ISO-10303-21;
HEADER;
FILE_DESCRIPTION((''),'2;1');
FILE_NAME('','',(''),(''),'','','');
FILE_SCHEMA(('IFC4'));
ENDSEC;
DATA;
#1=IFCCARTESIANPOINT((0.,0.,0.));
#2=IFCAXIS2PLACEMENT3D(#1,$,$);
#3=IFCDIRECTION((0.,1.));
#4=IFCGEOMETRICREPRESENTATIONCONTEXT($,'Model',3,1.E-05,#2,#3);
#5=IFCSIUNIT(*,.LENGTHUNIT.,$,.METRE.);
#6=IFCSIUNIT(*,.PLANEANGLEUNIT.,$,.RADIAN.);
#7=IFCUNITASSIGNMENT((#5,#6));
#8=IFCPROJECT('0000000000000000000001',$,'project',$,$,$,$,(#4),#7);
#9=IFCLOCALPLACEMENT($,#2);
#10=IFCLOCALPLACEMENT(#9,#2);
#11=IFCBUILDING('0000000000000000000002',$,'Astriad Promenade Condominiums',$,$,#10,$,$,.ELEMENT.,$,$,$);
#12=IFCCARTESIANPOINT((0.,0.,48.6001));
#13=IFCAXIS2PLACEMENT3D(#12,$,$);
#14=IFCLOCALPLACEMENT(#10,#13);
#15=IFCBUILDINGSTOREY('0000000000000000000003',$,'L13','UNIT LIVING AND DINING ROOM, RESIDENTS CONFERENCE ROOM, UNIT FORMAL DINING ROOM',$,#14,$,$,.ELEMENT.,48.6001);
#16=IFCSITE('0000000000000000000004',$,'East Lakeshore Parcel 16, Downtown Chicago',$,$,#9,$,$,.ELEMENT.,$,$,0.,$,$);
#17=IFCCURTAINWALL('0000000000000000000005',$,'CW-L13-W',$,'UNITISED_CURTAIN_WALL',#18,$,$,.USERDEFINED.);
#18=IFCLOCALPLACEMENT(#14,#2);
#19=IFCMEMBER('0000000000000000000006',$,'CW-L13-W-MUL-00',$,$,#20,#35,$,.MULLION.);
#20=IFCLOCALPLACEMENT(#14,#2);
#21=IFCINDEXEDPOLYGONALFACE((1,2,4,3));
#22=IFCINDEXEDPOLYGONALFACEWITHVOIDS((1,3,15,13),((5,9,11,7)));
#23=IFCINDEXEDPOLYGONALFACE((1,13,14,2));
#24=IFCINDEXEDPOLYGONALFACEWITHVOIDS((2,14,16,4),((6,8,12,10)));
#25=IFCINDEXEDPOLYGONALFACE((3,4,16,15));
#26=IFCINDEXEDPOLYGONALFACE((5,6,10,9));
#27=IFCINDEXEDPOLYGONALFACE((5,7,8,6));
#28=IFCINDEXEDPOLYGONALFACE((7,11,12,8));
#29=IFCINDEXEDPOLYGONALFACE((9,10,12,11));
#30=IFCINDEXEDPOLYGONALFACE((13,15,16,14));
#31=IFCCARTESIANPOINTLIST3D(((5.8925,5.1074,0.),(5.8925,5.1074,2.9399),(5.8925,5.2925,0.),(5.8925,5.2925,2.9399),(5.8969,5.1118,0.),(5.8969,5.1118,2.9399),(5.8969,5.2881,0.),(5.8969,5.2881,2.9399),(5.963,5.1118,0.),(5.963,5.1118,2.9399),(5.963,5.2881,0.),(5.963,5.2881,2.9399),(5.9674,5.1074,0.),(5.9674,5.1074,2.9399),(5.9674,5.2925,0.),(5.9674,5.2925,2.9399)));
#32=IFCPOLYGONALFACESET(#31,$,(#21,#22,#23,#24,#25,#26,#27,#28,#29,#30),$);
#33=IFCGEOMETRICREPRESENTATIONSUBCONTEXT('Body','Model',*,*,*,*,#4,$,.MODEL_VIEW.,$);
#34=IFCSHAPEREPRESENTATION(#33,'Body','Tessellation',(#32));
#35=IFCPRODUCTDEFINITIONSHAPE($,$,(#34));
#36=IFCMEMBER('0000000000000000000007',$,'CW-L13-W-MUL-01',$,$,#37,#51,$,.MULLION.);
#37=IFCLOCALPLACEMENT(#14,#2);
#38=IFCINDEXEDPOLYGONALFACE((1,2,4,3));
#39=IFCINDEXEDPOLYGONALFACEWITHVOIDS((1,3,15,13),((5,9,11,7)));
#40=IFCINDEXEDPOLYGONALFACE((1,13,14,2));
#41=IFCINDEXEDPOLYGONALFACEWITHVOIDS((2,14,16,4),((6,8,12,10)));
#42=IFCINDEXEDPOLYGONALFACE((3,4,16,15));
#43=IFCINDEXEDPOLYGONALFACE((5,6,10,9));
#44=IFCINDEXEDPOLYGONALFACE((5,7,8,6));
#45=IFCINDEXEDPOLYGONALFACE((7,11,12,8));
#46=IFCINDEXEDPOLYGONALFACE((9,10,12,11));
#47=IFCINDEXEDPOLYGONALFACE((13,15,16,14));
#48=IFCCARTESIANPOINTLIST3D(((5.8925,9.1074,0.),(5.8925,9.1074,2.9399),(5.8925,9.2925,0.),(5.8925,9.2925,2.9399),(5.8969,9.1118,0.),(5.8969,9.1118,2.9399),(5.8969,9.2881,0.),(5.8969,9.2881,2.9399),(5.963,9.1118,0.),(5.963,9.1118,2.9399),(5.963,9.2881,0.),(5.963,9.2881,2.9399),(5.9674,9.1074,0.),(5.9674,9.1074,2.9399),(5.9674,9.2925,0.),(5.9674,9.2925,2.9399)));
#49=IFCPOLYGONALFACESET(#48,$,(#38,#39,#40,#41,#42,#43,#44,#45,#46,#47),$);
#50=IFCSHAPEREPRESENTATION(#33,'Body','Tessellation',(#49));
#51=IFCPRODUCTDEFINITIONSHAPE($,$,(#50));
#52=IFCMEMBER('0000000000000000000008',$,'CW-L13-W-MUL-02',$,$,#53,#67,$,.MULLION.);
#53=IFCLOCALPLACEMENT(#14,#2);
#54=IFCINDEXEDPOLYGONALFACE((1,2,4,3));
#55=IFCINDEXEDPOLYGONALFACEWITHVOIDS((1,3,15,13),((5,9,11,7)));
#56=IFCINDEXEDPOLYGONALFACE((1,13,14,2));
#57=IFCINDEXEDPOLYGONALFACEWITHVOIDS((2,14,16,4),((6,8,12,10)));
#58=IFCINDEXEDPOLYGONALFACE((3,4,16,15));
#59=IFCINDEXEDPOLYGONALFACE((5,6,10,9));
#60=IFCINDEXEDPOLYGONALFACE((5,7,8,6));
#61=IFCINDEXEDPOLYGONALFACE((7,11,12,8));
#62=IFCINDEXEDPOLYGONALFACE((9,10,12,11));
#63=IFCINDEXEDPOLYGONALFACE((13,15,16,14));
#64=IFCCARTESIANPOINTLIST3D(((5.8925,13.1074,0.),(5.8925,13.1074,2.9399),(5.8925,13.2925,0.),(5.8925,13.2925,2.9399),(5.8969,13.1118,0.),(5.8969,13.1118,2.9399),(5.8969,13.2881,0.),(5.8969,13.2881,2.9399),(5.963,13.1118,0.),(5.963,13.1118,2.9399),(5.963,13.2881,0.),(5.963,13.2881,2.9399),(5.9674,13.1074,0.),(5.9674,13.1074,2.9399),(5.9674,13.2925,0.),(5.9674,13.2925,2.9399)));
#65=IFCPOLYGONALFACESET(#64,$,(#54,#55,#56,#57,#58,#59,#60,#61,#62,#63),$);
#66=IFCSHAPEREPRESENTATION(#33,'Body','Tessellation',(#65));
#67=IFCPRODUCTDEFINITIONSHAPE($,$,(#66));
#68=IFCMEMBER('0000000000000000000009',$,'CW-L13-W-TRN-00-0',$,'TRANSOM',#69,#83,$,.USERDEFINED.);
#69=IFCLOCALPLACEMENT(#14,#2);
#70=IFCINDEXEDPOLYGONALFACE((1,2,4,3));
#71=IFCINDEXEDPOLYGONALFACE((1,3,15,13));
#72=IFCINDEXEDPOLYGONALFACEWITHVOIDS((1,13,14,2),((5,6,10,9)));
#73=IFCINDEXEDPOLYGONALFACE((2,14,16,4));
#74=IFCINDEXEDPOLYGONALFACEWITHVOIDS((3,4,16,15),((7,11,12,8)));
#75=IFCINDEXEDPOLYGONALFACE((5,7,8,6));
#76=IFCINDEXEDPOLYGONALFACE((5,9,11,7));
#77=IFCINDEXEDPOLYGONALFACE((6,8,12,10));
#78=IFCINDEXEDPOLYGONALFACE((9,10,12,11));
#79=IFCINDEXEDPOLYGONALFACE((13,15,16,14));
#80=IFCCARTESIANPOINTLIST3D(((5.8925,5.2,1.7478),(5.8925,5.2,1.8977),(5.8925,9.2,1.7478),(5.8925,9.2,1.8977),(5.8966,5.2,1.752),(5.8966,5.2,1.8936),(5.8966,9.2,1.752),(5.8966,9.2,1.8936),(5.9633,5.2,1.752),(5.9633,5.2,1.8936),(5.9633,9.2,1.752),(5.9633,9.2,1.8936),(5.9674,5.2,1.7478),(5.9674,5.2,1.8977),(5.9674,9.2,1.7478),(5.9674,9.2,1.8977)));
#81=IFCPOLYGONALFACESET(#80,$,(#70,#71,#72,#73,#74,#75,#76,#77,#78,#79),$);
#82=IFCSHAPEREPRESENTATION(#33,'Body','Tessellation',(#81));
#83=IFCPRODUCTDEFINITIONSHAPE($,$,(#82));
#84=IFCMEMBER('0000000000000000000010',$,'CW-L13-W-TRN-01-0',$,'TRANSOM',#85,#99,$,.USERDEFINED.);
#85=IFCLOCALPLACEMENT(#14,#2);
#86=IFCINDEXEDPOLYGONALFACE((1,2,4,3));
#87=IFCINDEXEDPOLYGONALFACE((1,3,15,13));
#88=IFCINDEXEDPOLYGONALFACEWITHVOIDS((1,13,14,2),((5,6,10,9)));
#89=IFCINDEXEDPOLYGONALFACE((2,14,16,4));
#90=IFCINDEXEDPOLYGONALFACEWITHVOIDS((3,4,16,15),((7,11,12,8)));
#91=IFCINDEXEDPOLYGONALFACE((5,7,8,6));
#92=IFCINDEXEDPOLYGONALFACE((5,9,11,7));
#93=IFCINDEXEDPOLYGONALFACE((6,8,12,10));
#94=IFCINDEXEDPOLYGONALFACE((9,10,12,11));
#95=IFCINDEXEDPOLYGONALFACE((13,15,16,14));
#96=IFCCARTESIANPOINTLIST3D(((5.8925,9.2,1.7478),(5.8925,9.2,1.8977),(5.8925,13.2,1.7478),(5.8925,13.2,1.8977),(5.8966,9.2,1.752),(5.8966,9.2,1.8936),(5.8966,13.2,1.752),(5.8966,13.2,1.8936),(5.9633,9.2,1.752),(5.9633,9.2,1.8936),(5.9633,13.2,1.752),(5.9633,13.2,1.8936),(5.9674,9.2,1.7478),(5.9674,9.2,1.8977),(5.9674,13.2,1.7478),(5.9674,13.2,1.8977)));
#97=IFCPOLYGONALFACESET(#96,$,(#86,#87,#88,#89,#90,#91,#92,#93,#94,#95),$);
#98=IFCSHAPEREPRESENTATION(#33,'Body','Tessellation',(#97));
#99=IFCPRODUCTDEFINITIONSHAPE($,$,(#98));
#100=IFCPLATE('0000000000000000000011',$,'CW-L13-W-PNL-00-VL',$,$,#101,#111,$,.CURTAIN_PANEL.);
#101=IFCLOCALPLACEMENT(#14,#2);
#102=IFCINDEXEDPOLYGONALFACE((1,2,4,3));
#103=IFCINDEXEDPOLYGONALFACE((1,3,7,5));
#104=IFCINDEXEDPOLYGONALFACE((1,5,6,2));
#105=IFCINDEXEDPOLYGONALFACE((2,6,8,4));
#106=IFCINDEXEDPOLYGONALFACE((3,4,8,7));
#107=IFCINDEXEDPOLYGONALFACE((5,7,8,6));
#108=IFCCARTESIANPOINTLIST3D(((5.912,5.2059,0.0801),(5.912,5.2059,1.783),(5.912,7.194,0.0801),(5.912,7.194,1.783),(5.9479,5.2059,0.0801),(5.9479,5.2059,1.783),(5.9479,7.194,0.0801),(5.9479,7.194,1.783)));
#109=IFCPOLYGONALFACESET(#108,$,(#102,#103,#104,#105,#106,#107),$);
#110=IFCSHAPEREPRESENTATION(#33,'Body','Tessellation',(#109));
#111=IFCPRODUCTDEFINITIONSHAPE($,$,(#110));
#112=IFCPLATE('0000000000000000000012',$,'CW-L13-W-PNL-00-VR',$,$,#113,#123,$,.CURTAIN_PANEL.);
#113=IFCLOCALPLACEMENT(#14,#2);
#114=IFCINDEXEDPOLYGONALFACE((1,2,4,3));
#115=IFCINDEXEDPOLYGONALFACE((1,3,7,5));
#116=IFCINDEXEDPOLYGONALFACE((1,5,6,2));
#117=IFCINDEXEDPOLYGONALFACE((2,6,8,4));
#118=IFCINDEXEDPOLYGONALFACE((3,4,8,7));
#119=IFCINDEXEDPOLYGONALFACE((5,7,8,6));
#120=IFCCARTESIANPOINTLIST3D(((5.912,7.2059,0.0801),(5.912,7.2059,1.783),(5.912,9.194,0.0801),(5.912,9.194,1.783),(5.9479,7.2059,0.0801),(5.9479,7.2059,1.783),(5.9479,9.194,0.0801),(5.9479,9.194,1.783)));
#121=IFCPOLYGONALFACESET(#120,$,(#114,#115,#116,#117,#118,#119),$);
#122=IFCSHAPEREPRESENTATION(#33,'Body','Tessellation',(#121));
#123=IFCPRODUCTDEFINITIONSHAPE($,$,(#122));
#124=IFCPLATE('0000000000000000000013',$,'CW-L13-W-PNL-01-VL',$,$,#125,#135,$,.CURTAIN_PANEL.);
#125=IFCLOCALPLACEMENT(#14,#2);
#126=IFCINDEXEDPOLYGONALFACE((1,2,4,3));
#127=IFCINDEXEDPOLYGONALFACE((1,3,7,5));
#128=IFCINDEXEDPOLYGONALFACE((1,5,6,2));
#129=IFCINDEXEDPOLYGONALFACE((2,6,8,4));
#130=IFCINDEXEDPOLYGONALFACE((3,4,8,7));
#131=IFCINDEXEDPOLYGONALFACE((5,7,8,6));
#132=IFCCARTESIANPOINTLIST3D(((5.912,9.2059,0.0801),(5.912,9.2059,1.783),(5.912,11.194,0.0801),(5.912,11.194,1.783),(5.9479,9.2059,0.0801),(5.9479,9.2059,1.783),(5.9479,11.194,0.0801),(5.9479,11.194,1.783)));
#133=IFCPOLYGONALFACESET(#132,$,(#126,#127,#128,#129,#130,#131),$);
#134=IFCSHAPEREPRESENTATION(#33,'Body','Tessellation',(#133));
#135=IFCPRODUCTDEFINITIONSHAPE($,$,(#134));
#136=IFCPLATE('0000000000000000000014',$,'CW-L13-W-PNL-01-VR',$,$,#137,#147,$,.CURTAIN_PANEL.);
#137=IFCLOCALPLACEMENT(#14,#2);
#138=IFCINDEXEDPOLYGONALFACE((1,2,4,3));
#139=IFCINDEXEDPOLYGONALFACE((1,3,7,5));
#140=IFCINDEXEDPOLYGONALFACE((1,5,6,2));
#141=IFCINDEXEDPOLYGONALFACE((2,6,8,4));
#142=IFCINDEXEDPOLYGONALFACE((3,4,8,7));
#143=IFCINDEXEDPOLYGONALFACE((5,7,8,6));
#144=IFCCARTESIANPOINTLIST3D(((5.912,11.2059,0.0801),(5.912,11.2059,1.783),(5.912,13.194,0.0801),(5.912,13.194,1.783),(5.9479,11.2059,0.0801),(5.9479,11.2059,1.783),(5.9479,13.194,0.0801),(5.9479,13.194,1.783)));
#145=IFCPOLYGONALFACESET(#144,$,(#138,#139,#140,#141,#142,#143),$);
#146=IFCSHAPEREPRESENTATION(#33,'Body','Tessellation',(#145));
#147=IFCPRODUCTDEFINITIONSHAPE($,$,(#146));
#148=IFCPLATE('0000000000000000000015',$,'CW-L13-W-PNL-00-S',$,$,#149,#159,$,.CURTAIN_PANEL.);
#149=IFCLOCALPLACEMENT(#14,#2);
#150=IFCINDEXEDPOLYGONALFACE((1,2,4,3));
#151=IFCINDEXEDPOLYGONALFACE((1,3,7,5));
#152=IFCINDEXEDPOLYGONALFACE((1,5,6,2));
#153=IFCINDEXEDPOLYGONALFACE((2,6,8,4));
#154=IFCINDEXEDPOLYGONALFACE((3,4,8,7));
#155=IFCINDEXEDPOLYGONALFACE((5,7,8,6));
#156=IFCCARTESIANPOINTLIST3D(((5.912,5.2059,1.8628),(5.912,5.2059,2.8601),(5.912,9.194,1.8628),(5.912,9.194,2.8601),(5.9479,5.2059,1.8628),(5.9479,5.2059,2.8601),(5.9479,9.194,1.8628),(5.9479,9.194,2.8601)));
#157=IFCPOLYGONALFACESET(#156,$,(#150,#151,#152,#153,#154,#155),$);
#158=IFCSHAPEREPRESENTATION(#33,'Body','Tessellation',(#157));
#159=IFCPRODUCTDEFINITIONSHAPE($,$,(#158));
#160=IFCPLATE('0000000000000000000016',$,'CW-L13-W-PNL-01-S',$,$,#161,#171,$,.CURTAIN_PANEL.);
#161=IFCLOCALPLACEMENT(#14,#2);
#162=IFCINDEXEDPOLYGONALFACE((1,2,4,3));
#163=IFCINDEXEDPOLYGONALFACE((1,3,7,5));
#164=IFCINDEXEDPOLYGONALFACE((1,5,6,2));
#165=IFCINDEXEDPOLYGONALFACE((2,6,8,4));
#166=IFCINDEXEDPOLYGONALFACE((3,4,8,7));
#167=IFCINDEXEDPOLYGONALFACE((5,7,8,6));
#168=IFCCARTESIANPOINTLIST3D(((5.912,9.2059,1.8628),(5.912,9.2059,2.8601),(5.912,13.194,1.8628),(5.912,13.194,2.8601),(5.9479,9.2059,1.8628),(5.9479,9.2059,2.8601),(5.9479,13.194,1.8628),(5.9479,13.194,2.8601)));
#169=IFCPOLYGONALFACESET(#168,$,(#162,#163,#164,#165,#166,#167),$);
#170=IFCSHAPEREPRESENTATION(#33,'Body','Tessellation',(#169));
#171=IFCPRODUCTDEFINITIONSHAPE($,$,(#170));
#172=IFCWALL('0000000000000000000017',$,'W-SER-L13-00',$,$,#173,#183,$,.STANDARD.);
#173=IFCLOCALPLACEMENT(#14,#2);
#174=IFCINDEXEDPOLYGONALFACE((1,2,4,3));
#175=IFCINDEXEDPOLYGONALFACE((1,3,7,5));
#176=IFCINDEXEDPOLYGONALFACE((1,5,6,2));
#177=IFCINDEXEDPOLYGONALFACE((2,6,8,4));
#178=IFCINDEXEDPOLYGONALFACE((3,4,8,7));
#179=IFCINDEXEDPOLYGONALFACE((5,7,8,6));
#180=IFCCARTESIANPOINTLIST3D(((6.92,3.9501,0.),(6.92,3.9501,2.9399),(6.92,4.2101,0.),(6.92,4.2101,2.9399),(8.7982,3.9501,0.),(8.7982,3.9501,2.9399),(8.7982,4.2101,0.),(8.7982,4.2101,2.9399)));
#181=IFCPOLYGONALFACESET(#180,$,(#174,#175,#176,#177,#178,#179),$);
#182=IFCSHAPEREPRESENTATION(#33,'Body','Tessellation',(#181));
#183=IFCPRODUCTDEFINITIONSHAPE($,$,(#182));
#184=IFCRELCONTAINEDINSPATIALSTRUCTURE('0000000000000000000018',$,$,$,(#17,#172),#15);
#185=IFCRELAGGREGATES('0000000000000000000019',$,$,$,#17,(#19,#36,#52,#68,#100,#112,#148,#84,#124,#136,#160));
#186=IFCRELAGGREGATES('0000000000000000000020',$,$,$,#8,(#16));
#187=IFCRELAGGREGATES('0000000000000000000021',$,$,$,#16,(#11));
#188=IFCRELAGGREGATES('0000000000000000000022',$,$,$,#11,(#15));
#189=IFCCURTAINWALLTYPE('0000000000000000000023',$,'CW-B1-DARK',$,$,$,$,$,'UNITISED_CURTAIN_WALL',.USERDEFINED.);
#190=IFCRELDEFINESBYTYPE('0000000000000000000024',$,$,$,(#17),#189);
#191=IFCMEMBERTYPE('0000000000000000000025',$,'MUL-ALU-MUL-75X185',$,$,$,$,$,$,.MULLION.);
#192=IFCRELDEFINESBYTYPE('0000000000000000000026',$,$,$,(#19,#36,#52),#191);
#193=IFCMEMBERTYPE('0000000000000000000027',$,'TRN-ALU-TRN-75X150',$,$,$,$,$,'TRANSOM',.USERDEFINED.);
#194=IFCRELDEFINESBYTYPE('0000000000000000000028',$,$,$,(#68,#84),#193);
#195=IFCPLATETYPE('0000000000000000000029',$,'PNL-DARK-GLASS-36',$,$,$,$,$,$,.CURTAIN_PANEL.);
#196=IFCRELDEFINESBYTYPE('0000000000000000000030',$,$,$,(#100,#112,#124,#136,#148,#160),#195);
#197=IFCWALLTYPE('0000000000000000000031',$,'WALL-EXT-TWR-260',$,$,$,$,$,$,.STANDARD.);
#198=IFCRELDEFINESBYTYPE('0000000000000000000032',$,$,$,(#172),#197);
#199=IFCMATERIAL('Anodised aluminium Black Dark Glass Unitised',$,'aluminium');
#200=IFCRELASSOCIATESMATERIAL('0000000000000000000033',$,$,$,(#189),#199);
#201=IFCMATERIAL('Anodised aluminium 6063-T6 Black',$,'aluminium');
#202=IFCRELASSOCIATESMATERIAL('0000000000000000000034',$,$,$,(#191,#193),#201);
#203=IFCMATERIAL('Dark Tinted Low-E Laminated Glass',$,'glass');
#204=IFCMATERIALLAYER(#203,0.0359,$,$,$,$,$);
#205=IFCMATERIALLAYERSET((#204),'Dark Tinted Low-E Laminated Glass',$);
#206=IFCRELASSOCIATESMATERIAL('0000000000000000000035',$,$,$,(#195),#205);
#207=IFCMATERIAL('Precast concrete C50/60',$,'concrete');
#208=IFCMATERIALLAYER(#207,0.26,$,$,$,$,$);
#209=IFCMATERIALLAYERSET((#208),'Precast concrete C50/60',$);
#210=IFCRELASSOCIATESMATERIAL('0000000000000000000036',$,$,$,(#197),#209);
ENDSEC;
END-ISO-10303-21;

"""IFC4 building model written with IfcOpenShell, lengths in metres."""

from ifc_helpers import new_model, si_unit, direction, frame, frame_2d, origin, origin_2d, place, context, subcontext, project, spatial, rectangle, hollow_rectangle, extrude, source, transform, mapped, material, layer, layer_set, material_profile, profile_set, type_object, type_shapes, element, aggregate, save


model = new_model("IFC4")

# Units and contexts
model_context = context("Model", 3, precision=1e-05, world=origin(), true_north=direction((0.0, 1.0)))
body_context = subcontext(model_context, "Body", "Model", "MODEL_VIEW")
ifc_project = project(units=[si_unit("LENGTHUNIT", "METRE"), si_unit("PLANEANGLEUNIT", "RADIAN")], contexts=[model_context])

# Site, building, storey
site_placement = place(None, origin())
site = spatial("IfcSite", under=ifc_project, at=site_placement, Name="East Lakeshore Parcel 16, Downtown Chicago", CompositionType="ELEMENT", RefElevation=0.0)
building_placement = place(site_placement, origin())
building = spatial("IfcBuilding", under=site, at=building_placement, Name="Astriad Promenade Condominiums", CompositionType="ELEMENT")
storey_placement = place(building_placement, frame((0.0, 0.0, 48.6001)))
storey = spatial("IfcBuildingStorey", under=building, at=storey_placement, Name="L13", Description="UNIT LIVING AND DINING ROOM, RESIDENTS CONFERENCE ROOM, UNIT FORMAL DINING ROOM", CompositionType="ELEMENT", Elevation=48.6001)

# Curtain wall, members, plates
ifc_material_1 = material(Name="Anodised aluminium Black Dark Glass Unitised", Category="aluminium")
curtain_wall_type = type_object("IfcCurtainWallType", Name="CW-B1-DARK", ElementType="UNITISED_CURTAIN_WALL", PredefinedType="USERDEFINED", material=ifc_material_1)
curtain_wall_placement = place(storey_placement, origin())
curtain_wall = element("IfcCurtainWall", 1, at=curtain_wall_placement, inside=storey, type_object=curtain_wall_type, Name="CW-L13-W", ObjectType="UNITISED_CURTAIN_WALL", PredefinedType="USERDEFINED")
ifc_material_2 = material(Name="Anodised aluminium 6063-T6 Black", Category="aluminium")
ifc_material_profile_1 = material_profile(ifc_material_2, hollow_rectangle(XDim=0.075, YDim=0.1851, WallThickness=0.0044, at=origin_2d()), Name="ALU-MUL-75X185")
ifc_profile_set_1 = profile_set([ifc_material_profile_1], Name="Anodised aluminium 6063-T6 Black")
member_type_1 = type_object("IfcMemberType", Name="MUL-ALU-MUL-75X185", PredefinedType="MULLION", material=ifc_profile_set_1)
shared_shape_1 = source(origin(), body_context, "Body", "SweptSolid", [
    extrude(hollow_rectangle(XDim=0.075, YDim=0.1851, WallThickness=0.0044, at=origin_2d()), origin(), (0.0, 0.0, 1.0), 2.9399),
])
type_shapes(member_type_1, [shared_shape_1])
member_1_placement = place(storey_placement, frame((5.9299, 5.2, 0.0), z_axis=(0.0, 0.0, 1.0), x_axis=(1.0, 0.0, 0.0)))
member_1 = element("IfcMember", 2, at=member_1_placement, type_object=member_type_1, Name="CW-L13-W-MUL-00", PredefinedType="MULLION", context=body_context, shape_type="MappedRepresentation", body=[
    mapped(shared_shape_1, transform((0.0, 0.0, 0.0), scale=1.0)),
])
member_2_placement = place(storey_placement, frame((5.9299, 9.2, 0.0), z_axis=(0.0, 0.0, 1.0), x_axis=(1.0, 0.0, 0.0)))
member_2 = element("IfcMember", 3, at=member_2_placement, type_object=member_type_1, Name="CW-L13-W-MUL-01", PredefinedType="MULLION", context=body_context, shape_type="MappedRepresentation", body=[
    mapped(shared_shape_1, transform((0.0, 0.0, 0.0), scale=1.0)),
])
member_3_placement = place(storey_placement, frame((5.9299, 13.2, 0.0), z_axis=(0.0, 0.0, 1.0), x_axis=(1.0, 0.0, 0.0)))
member_3 = element("IfcMember", 4, at=member_3_placement, type_object=member_type_1, Name="CW-L13-W-MUL-02", PredefinedType="MULLION", context=body_context, shape_type="MappedRepresentation", body=[
    mapped(shared_shape_1, transform((0.0, 0.0, 0.0), scale=1.0)),
])
ifc_material_profile_2 = material_profile(ifc_material_2, hollow_rectangle(XDim=0.075, YDim=0.1499, WallThickness=0.0042, at=origin_2d()), Name="ALU-TRN-75X150")
ifc_profile_set_2 = profile_set([ifc_material_profile_2], Name="Anodised aluminium 6063-T6 Black")
member_type_2 = type_object("IfcMemberType", Name="TRN-ALU-TRN-75X150", ElementType="TRANSOM", PredefinedType="USERDEFINED", material=ifc_profile_set_2)
shared_shape_2 = source(origin(), body_context, "Body", "SweptSolid", [
    extrude(hollow_rectangle(XDim=0.075, YDim=0.1499, WallThickness=0.0042, at=origin_2d()), origin(), (0.0, 0.0, 1.0), 4.0),
])
type_shapes(member_type_2, [shared_shape_2])
member_4_placement = place(storey_placement, frame((5.9299, 5.2, 1.8228), z_axis=(0.0, 1.0, 0.0), x_axis=(-1.0, 0.0, 0.0)))
member_4 = element("IfcMember", 5, at=member_4_placement, type_object=member_type_2, Name="CW-L13-W-TRN-00-0", ObjectType="TRANSOM", PredefinedType="USERDEFINED", context=body_context, shape_type="MappedRepresentation", body=[
    mapped(shared_shape_2, transform((0.0, 0.0, 0.0), scale=1.0)),
])
member_5_placement = place(storey_placement, frame((5.9299, 9.2, 1.8228), z_axis=(0.0, 1.0, 0.0), x_axis=(-1.0, 0.0, 0.0)))
member_5 = element("IfcMember", 6, at=member_5_placement, type_object=member_type_2, Name="CW-L13-W-TRN-01-0", ObjectType="TRANSOM", PredefinedType="USERDEFINED", context=body_context, shape_type="MappedRepresentation", body=[
    mapped(shared_shape_2, transform((0.0, 0.0, 0.0), scale=1.0)),
])
ifc_material_3 = material(Name="Dark Tinted Low-E Laminated Glass", Category="glass")
ifc_layer_1 = layer(ifc_material_3, 0.0359)
ifc_layer_set_1 = layer_set([ifc_layer_1], Name="Dark Tinted Low-E Laminated Glass")
plate_type = type_object("IfcPlateType", Name="PNL-DARK-GLASS-36", PredefinedType="CURTAIN_PANEL", material=ifc_layer_set_1)
shared_shape_3 = source(origin(), body_context, "Body", "SweptSolid", [
    extrude(rectangle(XDim=1.988, YDim=0.0359, at=origin_2d()), origin(), (0.0, 0.0, 1.0), 1.7029),
])
plate_1_placement = place(storey_placement, frame((5.9299, 6.2, 0.0801), z_axis=(0.0, 0.0, 1.0), x_axis=(0.0, 1.0, 0.0)))
plate_1 = element("IfcPlate", 7, at=plate_1_placement, type_object=plate_type, Name="CW-L13-W-PNL-00-VL", PredefinedType="CURTAIN_PANEL", context=body_context, shape_type="MappedRepresentation", body=[
    mapped(shared_shape_3, transform((0.0, 0.0, 0.0), scale=1.0)),
])
plate_2_placement = place(storey_placement, frame((5.9299, 8.2, 0.0801), z_axis=(0.0, 0.0, 1.0), x_axis=(0.0, 1.0, 0.0)))
plate_2 = element("IfcPlate", 8, at=plate_2_placement, type_object=plate_type, Name="CW-L13-W-PNL-00-VR", PredefinedType="CURTAIN_PANEL", context=body_context, shape_type="MappedRepresentation", body=[
    mapped(shared_shape_3, transform((0.0, 0.0, 0.0), scale=1.0)),
])
plate_3_placement = place(storey_placement, frame((5.9299, 10.2, 0.0801), z_axis=(0.0, 0.0, 1.0), x_axis=(0.0, 1.0, 0.0)))
plate_3 = element("IfcPlate", 9, at=plate_3_placement, type_object=plate_type, Name="CW-L13-W-PNL-01-VL", PredefinedType="CURTAIN_PANEL", context=body_context, shape_type="MappedRepresentation", body=[
    mapped(shared_shape_3, transform((0.0, 0.0, 0.0), scale=1.0)),
])
plate_4_placement = place(storey_placement, frame((5.9299, 12.2, 0.0801), z_axis=(0.0, 0.0, 1.0), x_axis=(0.0, 1.0, 0.0)))
plate_4 = element("IfcPlate", 10, at=plate_4_placement, type_object=plate_type, Name="CW-L13-W-PNL-01-VR", PredefinedType="CURTAIN_PANEL", context=body_context, shape_type="MappedRepresentation", body=[
    mapped(shared_shape_3, transform((0.0, 0.0, 0.0), scale=1.0)),
])
shared_shape_4 = source(origin(), body_context, "Body", "SweptSolid", [
    extrude(rectangle(XDim=3.988, YDim=0.0359, at=origin_2d()), origin(), (0.0, 0.0, 1.0), 0.9973),
])
type_shapes(plate_type, [shared_shape_3, shared_shape_4])
plate_5_placement = place(storey_placement, frame((5.9299, 7.2, 1.8628), z_axis=(0.0, 0.0, 1.0), x_axis=(0.0, 1.0, 0.0)))
plate_5 = element("IfcPlate", 11, at=plate_5_placement, type_object=plate_type, Name="CW-L13-W-PNL-00-S", PredefinedType="CURTAIN_PANEL", context=body_context, shape_type="MappedRepresentation", body=[
    mapped(shared_shape_4, transform((0.0, 0.0, 0.0), scale=1.0)),
])
plate_6_placement = place(storey_placement, frame((5.9299, 11.2, 1.8628), z_axis=(0.0, 0.0, 1.0), x_axis=(0.0, 1.0, 0.0)))
plate_6 = element("IfcPlate", 12, at=plate_6_placement, type_object=plate_type, Name="CW-L13-W-PNL-01-S", PredefinedType="CURTAIN_PANEL", context=body_context, shape_type="MappedRepresentation", body=[
    mapped(shared_shape_4, transform((0.0, 0.0, 0.0), scale=1.0)),
])
aggregate(curtain_wall, [member_1, member_2, member_3, member_4, plate_1, plate_2, plate_5, member_5, plate_3, plate_4, plate_6])

# Wall
ifc_material_4 = material(Name="Precast concrete C50/60", Category="concrete")
ifc_layer_2 = layer(ifc_material_4, 0.26)
ifc_layer_set_2 = layer_set([ifc_layer_2], Name="Precast concrete C50/60")
wall_type_1 = type_object("IfcWallType", Name="WALL-EXT-TWR-260", PredefinedType="STANDARD", material=ifc_layer_set_2)
wall_1_placement = place(storey_placement, frame((8.7981, 4.0801, 0.0), z_axis=(0.0, 0.0, 1.0), x_axis=(-1.0, 0.0, 0.0)))
element("IfcWall", 13, at=wall_1_placement, inside=storey, type_object=wall_type_1, Name="W-SER-L13-00", PredefinedType="STANDARD", context=body_context, shape_type="SweptSolid", body=[
    extrude(rectangle(XDim=1.8782, YDim=0.26, at=frame_2d((0.939, 0.0))), origin(), (0.0, 0.0, 1.0), 2.9399),
])

save(model, "model.ifc")
